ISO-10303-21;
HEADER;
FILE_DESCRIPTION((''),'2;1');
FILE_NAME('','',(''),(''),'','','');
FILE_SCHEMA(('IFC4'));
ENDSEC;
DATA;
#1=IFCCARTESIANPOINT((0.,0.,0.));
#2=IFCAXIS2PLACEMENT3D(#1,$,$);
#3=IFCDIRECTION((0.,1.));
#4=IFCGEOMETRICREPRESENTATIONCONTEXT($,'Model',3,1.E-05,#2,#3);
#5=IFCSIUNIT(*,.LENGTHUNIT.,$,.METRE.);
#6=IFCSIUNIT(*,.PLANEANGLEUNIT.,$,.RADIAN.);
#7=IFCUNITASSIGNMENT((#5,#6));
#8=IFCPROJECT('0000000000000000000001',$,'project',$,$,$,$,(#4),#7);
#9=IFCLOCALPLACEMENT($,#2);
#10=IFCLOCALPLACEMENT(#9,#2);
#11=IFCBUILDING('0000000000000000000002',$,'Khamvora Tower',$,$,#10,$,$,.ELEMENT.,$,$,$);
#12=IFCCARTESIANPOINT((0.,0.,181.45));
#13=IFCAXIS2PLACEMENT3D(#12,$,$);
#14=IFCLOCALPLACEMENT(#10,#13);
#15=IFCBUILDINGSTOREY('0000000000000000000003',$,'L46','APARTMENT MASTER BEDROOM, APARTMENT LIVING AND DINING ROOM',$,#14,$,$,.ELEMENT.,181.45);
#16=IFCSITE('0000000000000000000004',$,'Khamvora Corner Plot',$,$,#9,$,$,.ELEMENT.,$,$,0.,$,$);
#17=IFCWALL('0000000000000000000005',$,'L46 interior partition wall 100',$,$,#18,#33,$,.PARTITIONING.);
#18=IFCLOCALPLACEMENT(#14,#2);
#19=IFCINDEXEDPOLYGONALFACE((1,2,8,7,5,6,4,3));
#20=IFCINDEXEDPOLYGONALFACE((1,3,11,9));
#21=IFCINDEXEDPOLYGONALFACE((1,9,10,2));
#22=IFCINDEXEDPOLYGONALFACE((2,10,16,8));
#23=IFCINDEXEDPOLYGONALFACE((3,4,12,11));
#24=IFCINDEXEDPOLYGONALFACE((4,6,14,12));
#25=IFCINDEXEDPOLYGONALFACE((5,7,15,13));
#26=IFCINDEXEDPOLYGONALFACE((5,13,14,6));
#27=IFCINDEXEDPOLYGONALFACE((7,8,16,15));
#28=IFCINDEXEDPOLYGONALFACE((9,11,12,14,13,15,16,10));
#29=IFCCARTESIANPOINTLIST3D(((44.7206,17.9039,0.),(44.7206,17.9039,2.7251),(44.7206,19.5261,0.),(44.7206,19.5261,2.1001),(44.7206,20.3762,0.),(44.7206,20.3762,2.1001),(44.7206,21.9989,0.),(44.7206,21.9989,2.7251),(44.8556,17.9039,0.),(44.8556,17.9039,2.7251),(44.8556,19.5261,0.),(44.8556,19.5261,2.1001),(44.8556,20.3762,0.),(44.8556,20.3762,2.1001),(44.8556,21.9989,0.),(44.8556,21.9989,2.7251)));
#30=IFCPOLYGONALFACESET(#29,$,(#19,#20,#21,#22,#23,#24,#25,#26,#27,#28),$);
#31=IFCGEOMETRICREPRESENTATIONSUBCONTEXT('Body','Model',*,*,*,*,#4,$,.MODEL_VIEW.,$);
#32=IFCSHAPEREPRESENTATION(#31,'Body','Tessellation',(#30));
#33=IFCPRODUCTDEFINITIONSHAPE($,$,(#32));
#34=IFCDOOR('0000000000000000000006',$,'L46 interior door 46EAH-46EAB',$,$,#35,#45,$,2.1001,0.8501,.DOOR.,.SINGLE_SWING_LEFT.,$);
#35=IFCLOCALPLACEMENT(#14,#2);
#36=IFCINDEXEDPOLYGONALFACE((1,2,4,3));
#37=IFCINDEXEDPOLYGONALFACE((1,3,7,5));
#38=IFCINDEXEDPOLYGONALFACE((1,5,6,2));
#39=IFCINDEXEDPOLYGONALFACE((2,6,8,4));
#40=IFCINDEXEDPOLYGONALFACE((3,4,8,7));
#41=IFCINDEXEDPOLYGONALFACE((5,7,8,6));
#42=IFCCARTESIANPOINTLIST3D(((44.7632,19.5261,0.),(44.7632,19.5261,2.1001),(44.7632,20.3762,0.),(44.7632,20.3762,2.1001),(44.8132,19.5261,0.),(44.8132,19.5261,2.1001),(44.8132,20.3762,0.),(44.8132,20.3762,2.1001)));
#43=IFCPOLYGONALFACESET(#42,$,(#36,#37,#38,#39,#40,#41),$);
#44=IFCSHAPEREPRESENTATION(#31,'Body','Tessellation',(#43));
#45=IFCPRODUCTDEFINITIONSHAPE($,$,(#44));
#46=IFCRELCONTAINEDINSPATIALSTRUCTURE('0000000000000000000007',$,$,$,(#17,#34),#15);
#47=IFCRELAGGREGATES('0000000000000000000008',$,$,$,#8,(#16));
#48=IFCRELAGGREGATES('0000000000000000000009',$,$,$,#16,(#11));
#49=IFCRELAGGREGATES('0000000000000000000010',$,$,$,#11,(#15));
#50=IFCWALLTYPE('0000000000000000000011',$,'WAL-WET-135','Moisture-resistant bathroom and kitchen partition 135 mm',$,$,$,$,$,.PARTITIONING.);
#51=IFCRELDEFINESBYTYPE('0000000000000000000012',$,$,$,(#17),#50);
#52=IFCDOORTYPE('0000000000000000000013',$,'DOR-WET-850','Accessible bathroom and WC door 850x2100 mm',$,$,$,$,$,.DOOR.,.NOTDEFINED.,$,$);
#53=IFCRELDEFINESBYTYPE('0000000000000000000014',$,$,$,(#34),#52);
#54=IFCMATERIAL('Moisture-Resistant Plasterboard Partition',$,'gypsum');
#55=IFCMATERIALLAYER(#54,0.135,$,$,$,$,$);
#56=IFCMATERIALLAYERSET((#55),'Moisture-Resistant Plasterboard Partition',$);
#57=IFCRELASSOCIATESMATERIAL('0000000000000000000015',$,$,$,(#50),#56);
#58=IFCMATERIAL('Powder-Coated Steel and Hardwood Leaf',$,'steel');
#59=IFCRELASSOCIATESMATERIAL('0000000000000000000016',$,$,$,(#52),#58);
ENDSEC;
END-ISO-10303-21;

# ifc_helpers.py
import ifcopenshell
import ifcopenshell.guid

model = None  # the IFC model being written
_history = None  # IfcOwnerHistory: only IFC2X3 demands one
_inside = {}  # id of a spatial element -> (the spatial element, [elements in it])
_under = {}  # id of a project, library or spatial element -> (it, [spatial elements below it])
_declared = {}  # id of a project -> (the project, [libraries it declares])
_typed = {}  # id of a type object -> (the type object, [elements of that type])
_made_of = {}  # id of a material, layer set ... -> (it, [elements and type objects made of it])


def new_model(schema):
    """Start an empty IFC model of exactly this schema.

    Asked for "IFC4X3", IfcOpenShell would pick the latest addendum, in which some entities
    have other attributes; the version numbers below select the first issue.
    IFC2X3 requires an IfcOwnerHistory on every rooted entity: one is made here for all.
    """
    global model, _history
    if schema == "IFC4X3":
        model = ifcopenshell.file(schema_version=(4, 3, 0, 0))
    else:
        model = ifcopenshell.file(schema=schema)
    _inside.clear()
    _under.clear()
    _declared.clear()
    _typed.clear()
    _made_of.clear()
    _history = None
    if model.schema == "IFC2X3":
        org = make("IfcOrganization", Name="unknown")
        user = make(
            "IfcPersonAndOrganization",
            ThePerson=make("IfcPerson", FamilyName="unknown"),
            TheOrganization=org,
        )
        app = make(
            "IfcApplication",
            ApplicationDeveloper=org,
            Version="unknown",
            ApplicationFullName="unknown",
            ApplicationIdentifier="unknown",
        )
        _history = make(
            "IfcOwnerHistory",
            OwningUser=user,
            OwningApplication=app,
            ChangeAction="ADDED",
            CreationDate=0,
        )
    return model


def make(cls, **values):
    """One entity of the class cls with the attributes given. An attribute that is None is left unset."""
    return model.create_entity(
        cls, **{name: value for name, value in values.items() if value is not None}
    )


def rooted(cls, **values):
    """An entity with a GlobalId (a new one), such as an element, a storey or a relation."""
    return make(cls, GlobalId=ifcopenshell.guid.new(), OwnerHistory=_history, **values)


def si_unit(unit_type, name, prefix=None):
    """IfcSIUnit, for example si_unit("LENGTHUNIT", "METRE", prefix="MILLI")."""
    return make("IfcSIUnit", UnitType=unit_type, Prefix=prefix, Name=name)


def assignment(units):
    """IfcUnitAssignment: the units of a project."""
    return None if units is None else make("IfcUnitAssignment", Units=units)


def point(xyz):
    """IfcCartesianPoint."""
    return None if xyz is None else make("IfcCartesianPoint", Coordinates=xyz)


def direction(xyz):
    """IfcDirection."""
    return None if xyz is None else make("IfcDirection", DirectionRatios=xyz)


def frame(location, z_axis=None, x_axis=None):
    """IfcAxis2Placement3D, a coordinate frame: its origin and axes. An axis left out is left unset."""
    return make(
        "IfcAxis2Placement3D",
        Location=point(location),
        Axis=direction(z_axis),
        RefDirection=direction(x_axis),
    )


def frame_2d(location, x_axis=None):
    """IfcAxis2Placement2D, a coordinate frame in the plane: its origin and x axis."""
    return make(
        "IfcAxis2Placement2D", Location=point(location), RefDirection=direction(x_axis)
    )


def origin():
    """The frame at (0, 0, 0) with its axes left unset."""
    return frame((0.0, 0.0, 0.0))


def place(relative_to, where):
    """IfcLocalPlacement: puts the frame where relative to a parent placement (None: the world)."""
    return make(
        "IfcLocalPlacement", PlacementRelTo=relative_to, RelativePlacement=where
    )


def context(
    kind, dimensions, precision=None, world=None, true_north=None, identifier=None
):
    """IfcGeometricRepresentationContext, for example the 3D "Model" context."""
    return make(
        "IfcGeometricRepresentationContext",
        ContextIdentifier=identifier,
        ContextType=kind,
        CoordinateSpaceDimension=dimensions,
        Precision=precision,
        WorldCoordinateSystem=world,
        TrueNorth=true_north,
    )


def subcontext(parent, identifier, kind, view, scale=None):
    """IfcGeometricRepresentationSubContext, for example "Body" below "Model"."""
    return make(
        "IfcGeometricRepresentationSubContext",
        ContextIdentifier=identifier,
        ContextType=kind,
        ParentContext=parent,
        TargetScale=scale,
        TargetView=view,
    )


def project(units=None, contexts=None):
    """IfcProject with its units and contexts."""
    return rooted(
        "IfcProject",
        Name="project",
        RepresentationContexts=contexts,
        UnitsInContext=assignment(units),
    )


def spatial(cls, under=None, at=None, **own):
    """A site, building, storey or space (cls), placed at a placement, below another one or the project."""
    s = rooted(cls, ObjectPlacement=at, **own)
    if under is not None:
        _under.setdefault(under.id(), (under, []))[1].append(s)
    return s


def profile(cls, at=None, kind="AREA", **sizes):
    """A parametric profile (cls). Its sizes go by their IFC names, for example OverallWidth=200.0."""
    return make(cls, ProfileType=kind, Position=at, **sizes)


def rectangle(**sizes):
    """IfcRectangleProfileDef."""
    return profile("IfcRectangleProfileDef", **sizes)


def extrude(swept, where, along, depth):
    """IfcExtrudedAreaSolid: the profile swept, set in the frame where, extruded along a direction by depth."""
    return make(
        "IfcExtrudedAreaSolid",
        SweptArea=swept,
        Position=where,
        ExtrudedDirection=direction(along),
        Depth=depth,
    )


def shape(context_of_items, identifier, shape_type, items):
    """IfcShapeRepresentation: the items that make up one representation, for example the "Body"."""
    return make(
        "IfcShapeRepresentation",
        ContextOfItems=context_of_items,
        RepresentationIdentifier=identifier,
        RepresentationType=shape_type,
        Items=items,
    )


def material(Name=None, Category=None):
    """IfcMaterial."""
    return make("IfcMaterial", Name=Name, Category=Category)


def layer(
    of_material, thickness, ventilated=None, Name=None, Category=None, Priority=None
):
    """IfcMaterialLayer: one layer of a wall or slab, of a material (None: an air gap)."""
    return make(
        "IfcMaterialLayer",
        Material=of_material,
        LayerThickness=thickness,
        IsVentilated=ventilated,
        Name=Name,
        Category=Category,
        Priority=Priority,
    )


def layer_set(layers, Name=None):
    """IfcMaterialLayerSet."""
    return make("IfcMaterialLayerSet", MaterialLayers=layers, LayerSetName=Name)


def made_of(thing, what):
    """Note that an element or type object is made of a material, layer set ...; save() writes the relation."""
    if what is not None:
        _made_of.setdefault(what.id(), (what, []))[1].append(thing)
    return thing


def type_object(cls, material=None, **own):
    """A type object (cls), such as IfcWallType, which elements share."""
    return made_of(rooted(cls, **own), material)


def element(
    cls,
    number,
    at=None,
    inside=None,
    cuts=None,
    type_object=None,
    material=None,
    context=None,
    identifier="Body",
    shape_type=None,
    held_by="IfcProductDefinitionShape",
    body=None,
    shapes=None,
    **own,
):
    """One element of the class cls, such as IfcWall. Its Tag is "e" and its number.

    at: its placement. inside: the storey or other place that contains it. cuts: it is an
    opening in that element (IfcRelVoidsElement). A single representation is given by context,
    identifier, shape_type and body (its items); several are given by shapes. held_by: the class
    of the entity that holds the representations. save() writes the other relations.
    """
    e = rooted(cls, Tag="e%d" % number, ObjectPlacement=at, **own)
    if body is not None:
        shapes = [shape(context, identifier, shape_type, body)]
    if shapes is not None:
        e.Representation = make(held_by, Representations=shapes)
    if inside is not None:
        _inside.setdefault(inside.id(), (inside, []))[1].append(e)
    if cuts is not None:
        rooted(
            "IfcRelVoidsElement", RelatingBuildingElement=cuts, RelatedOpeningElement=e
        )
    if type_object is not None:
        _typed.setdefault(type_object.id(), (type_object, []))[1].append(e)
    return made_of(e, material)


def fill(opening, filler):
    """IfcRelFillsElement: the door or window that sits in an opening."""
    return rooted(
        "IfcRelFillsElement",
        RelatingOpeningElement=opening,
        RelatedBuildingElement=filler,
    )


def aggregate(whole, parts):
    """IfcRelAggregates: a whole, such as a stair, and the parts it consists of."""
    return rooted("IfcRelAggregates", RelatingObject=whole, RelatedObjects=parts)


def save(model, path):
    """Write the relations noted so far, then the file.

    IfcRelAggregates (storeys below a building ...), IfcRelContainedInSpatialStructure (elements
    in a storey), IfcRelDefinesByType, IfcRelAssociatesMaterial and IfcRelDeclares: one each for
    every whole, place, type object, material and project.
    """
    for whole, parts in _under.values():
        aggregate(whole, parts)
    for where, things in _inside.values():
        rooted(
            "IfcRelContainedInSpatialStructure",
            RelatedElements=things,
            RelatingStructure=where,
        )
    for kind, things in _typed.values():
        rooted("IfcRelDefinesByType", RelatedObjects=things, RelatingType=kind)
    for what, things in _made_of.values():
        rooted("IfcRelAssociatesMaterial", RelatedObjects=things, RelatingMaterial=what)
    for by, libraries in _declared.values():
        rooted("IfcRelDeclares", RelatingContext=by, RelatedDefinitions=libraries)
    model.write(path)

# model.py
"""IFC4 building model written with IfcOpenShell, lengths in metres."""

from ifc_helpers import new_model, si_unit, direction, frame, frame_2d, origin, place, context, subcontext, project, spatial, rectangle, extrude, material, layer, layer_set, type_object, element, fill, save


model = new_model("IFC4")

# Units and contexts
model_context = context("Model", 3, precision=1e-05, world=origin(), true_north=direction((0.0, 1.0)))
body_context = subcontext(model_context, "Body", "Model", "MODEL_VIEW")
ifc_project = project(units=[si_unit("LENGTHUNIT", "METRE"), si_unit("PLANEANGLEUNIT", "RADIAN")], contexts=[model_context])

# Site, building, storey
site_placement = place(None, origin())
site = spatial("IfcSite", under=ifc_project, at=site_placement, Name="Khamvora Corner Plot", CompositionType="ELEMENT", RefElevation=0.0)
building_placement = place(site_placement, origin())
building = spatial("IfcBuilding", under=site, at=building_placement, Name="Khamvora Tower", CompositionType="ELEMENT")
storey_placement = place(building_placement, frame((0.0, 0.0, 181.45)))
storey = spatial("IfcBuildingStorey", under=building, at=storey_placement, Name="L46", Description="APARTMENT MASTER BEDROOM, APARTMENT LIVING AND DINING ROOM", CompositionType="ELEMENT", Elevation=181.45)

# Shared definitions
ifc_material_1 = material(Name="Powder-Coated Steel and Hardwood Leaf", Category="steel")

# Shared definitions
ifc_material_2 = material(Name="Moisture-Resistant Plasterboard Partition", Category="gypsum")
ifc_layer_1 = layer(ifc_material_2, 0.135)
ifc_layer_set_1 = layer_set([ifc_layer_1], Name="Moisture-Resistant Plasterboard Partition")
wall_type_1 = type_object("IfcWallType", Name="WAL-WET-135", Description="Moisture-resistant bathroom and kitchen partition 135 mm", PredefinedType="PARTITIONING", material=ifc_layer_set_1)

# Wall, opening, door
wall_1_placement = place(storey_placement, frame((44.7881, 17.9041, 0.0), z_axis=(0.0, 0.0, 1.0), x_axis=(0.0, 1.0, 0.0)))
wall_1 = element("IfcWall", 1, at=wall_1_placement, inside=storey, type_object=wall_type_1, Name="L46 interior partition wall 100", PredefinedType="PARTITIONING", context=body_context, shape_type="SweptSolid", body=[
    extrude(rectangle(XDim=4.095, YDim=0.135, at=frame_2d((2.0474, 0.0))), origin(), (0.0, 0.0, 1.0), 2.7251),
])
opening_1_placement = place(wall_1_placement, frame((1.6221, 0.0, 0.0)))
opening_1 = element("IfcOpeningElement", 2, at=opening_1_placement, cuts=wall_1, PredefinedType="OPENING", context=body_context, shape_type="SweptSolid", body=[
    extrude(rectangle(XDim=0.8501, YDim=2.1001, at=frame_2d((0.425, 1.05))), frame((0.0, 0.0774, 0.0), z_axis=(0.0, -1.0, 0.0), x_axis=(1.0, 0.0, 0.0)), (0.0, 0.0, 1.0), 0.155),
])
door_type_1 = type_object("IfcDoorType", Name="DOR-WET-850", Description="Accessible bathroom and WC door 850x2100 mm", OperationType="NOTDEFINED", PredefinedType="DOOR", material=ifc_material_1)
door_1_placement = place(opening_1_placement, origin())
door_1 = element("IfcDoor", 3, at=door_1_placement, inside=storey, type_object=door_type_1, Name="L46 interior door 46EAH-46EAB", OperationType="SINGLE_SWING_LEFT", OverallHeight=2.1001, OverallWidth=0.8501, PredefinedType="DOOR", context=body_context, shape_type="SweptSolid", body=[
    extrude(rectangle(XDim=0.8501, YDim=2.1001, at=frame_2d((0.425, 1.05))), frame((0.0, 0.0249, 0.0), z_axis=(0.0, -1.0, 0.0), x_axis=(1.0, 0.0, 0.0)), (0.0, 0.0, 1.0), 0.05),
])
fill(opening_1, door_1)

save(model, "model.ifc")
